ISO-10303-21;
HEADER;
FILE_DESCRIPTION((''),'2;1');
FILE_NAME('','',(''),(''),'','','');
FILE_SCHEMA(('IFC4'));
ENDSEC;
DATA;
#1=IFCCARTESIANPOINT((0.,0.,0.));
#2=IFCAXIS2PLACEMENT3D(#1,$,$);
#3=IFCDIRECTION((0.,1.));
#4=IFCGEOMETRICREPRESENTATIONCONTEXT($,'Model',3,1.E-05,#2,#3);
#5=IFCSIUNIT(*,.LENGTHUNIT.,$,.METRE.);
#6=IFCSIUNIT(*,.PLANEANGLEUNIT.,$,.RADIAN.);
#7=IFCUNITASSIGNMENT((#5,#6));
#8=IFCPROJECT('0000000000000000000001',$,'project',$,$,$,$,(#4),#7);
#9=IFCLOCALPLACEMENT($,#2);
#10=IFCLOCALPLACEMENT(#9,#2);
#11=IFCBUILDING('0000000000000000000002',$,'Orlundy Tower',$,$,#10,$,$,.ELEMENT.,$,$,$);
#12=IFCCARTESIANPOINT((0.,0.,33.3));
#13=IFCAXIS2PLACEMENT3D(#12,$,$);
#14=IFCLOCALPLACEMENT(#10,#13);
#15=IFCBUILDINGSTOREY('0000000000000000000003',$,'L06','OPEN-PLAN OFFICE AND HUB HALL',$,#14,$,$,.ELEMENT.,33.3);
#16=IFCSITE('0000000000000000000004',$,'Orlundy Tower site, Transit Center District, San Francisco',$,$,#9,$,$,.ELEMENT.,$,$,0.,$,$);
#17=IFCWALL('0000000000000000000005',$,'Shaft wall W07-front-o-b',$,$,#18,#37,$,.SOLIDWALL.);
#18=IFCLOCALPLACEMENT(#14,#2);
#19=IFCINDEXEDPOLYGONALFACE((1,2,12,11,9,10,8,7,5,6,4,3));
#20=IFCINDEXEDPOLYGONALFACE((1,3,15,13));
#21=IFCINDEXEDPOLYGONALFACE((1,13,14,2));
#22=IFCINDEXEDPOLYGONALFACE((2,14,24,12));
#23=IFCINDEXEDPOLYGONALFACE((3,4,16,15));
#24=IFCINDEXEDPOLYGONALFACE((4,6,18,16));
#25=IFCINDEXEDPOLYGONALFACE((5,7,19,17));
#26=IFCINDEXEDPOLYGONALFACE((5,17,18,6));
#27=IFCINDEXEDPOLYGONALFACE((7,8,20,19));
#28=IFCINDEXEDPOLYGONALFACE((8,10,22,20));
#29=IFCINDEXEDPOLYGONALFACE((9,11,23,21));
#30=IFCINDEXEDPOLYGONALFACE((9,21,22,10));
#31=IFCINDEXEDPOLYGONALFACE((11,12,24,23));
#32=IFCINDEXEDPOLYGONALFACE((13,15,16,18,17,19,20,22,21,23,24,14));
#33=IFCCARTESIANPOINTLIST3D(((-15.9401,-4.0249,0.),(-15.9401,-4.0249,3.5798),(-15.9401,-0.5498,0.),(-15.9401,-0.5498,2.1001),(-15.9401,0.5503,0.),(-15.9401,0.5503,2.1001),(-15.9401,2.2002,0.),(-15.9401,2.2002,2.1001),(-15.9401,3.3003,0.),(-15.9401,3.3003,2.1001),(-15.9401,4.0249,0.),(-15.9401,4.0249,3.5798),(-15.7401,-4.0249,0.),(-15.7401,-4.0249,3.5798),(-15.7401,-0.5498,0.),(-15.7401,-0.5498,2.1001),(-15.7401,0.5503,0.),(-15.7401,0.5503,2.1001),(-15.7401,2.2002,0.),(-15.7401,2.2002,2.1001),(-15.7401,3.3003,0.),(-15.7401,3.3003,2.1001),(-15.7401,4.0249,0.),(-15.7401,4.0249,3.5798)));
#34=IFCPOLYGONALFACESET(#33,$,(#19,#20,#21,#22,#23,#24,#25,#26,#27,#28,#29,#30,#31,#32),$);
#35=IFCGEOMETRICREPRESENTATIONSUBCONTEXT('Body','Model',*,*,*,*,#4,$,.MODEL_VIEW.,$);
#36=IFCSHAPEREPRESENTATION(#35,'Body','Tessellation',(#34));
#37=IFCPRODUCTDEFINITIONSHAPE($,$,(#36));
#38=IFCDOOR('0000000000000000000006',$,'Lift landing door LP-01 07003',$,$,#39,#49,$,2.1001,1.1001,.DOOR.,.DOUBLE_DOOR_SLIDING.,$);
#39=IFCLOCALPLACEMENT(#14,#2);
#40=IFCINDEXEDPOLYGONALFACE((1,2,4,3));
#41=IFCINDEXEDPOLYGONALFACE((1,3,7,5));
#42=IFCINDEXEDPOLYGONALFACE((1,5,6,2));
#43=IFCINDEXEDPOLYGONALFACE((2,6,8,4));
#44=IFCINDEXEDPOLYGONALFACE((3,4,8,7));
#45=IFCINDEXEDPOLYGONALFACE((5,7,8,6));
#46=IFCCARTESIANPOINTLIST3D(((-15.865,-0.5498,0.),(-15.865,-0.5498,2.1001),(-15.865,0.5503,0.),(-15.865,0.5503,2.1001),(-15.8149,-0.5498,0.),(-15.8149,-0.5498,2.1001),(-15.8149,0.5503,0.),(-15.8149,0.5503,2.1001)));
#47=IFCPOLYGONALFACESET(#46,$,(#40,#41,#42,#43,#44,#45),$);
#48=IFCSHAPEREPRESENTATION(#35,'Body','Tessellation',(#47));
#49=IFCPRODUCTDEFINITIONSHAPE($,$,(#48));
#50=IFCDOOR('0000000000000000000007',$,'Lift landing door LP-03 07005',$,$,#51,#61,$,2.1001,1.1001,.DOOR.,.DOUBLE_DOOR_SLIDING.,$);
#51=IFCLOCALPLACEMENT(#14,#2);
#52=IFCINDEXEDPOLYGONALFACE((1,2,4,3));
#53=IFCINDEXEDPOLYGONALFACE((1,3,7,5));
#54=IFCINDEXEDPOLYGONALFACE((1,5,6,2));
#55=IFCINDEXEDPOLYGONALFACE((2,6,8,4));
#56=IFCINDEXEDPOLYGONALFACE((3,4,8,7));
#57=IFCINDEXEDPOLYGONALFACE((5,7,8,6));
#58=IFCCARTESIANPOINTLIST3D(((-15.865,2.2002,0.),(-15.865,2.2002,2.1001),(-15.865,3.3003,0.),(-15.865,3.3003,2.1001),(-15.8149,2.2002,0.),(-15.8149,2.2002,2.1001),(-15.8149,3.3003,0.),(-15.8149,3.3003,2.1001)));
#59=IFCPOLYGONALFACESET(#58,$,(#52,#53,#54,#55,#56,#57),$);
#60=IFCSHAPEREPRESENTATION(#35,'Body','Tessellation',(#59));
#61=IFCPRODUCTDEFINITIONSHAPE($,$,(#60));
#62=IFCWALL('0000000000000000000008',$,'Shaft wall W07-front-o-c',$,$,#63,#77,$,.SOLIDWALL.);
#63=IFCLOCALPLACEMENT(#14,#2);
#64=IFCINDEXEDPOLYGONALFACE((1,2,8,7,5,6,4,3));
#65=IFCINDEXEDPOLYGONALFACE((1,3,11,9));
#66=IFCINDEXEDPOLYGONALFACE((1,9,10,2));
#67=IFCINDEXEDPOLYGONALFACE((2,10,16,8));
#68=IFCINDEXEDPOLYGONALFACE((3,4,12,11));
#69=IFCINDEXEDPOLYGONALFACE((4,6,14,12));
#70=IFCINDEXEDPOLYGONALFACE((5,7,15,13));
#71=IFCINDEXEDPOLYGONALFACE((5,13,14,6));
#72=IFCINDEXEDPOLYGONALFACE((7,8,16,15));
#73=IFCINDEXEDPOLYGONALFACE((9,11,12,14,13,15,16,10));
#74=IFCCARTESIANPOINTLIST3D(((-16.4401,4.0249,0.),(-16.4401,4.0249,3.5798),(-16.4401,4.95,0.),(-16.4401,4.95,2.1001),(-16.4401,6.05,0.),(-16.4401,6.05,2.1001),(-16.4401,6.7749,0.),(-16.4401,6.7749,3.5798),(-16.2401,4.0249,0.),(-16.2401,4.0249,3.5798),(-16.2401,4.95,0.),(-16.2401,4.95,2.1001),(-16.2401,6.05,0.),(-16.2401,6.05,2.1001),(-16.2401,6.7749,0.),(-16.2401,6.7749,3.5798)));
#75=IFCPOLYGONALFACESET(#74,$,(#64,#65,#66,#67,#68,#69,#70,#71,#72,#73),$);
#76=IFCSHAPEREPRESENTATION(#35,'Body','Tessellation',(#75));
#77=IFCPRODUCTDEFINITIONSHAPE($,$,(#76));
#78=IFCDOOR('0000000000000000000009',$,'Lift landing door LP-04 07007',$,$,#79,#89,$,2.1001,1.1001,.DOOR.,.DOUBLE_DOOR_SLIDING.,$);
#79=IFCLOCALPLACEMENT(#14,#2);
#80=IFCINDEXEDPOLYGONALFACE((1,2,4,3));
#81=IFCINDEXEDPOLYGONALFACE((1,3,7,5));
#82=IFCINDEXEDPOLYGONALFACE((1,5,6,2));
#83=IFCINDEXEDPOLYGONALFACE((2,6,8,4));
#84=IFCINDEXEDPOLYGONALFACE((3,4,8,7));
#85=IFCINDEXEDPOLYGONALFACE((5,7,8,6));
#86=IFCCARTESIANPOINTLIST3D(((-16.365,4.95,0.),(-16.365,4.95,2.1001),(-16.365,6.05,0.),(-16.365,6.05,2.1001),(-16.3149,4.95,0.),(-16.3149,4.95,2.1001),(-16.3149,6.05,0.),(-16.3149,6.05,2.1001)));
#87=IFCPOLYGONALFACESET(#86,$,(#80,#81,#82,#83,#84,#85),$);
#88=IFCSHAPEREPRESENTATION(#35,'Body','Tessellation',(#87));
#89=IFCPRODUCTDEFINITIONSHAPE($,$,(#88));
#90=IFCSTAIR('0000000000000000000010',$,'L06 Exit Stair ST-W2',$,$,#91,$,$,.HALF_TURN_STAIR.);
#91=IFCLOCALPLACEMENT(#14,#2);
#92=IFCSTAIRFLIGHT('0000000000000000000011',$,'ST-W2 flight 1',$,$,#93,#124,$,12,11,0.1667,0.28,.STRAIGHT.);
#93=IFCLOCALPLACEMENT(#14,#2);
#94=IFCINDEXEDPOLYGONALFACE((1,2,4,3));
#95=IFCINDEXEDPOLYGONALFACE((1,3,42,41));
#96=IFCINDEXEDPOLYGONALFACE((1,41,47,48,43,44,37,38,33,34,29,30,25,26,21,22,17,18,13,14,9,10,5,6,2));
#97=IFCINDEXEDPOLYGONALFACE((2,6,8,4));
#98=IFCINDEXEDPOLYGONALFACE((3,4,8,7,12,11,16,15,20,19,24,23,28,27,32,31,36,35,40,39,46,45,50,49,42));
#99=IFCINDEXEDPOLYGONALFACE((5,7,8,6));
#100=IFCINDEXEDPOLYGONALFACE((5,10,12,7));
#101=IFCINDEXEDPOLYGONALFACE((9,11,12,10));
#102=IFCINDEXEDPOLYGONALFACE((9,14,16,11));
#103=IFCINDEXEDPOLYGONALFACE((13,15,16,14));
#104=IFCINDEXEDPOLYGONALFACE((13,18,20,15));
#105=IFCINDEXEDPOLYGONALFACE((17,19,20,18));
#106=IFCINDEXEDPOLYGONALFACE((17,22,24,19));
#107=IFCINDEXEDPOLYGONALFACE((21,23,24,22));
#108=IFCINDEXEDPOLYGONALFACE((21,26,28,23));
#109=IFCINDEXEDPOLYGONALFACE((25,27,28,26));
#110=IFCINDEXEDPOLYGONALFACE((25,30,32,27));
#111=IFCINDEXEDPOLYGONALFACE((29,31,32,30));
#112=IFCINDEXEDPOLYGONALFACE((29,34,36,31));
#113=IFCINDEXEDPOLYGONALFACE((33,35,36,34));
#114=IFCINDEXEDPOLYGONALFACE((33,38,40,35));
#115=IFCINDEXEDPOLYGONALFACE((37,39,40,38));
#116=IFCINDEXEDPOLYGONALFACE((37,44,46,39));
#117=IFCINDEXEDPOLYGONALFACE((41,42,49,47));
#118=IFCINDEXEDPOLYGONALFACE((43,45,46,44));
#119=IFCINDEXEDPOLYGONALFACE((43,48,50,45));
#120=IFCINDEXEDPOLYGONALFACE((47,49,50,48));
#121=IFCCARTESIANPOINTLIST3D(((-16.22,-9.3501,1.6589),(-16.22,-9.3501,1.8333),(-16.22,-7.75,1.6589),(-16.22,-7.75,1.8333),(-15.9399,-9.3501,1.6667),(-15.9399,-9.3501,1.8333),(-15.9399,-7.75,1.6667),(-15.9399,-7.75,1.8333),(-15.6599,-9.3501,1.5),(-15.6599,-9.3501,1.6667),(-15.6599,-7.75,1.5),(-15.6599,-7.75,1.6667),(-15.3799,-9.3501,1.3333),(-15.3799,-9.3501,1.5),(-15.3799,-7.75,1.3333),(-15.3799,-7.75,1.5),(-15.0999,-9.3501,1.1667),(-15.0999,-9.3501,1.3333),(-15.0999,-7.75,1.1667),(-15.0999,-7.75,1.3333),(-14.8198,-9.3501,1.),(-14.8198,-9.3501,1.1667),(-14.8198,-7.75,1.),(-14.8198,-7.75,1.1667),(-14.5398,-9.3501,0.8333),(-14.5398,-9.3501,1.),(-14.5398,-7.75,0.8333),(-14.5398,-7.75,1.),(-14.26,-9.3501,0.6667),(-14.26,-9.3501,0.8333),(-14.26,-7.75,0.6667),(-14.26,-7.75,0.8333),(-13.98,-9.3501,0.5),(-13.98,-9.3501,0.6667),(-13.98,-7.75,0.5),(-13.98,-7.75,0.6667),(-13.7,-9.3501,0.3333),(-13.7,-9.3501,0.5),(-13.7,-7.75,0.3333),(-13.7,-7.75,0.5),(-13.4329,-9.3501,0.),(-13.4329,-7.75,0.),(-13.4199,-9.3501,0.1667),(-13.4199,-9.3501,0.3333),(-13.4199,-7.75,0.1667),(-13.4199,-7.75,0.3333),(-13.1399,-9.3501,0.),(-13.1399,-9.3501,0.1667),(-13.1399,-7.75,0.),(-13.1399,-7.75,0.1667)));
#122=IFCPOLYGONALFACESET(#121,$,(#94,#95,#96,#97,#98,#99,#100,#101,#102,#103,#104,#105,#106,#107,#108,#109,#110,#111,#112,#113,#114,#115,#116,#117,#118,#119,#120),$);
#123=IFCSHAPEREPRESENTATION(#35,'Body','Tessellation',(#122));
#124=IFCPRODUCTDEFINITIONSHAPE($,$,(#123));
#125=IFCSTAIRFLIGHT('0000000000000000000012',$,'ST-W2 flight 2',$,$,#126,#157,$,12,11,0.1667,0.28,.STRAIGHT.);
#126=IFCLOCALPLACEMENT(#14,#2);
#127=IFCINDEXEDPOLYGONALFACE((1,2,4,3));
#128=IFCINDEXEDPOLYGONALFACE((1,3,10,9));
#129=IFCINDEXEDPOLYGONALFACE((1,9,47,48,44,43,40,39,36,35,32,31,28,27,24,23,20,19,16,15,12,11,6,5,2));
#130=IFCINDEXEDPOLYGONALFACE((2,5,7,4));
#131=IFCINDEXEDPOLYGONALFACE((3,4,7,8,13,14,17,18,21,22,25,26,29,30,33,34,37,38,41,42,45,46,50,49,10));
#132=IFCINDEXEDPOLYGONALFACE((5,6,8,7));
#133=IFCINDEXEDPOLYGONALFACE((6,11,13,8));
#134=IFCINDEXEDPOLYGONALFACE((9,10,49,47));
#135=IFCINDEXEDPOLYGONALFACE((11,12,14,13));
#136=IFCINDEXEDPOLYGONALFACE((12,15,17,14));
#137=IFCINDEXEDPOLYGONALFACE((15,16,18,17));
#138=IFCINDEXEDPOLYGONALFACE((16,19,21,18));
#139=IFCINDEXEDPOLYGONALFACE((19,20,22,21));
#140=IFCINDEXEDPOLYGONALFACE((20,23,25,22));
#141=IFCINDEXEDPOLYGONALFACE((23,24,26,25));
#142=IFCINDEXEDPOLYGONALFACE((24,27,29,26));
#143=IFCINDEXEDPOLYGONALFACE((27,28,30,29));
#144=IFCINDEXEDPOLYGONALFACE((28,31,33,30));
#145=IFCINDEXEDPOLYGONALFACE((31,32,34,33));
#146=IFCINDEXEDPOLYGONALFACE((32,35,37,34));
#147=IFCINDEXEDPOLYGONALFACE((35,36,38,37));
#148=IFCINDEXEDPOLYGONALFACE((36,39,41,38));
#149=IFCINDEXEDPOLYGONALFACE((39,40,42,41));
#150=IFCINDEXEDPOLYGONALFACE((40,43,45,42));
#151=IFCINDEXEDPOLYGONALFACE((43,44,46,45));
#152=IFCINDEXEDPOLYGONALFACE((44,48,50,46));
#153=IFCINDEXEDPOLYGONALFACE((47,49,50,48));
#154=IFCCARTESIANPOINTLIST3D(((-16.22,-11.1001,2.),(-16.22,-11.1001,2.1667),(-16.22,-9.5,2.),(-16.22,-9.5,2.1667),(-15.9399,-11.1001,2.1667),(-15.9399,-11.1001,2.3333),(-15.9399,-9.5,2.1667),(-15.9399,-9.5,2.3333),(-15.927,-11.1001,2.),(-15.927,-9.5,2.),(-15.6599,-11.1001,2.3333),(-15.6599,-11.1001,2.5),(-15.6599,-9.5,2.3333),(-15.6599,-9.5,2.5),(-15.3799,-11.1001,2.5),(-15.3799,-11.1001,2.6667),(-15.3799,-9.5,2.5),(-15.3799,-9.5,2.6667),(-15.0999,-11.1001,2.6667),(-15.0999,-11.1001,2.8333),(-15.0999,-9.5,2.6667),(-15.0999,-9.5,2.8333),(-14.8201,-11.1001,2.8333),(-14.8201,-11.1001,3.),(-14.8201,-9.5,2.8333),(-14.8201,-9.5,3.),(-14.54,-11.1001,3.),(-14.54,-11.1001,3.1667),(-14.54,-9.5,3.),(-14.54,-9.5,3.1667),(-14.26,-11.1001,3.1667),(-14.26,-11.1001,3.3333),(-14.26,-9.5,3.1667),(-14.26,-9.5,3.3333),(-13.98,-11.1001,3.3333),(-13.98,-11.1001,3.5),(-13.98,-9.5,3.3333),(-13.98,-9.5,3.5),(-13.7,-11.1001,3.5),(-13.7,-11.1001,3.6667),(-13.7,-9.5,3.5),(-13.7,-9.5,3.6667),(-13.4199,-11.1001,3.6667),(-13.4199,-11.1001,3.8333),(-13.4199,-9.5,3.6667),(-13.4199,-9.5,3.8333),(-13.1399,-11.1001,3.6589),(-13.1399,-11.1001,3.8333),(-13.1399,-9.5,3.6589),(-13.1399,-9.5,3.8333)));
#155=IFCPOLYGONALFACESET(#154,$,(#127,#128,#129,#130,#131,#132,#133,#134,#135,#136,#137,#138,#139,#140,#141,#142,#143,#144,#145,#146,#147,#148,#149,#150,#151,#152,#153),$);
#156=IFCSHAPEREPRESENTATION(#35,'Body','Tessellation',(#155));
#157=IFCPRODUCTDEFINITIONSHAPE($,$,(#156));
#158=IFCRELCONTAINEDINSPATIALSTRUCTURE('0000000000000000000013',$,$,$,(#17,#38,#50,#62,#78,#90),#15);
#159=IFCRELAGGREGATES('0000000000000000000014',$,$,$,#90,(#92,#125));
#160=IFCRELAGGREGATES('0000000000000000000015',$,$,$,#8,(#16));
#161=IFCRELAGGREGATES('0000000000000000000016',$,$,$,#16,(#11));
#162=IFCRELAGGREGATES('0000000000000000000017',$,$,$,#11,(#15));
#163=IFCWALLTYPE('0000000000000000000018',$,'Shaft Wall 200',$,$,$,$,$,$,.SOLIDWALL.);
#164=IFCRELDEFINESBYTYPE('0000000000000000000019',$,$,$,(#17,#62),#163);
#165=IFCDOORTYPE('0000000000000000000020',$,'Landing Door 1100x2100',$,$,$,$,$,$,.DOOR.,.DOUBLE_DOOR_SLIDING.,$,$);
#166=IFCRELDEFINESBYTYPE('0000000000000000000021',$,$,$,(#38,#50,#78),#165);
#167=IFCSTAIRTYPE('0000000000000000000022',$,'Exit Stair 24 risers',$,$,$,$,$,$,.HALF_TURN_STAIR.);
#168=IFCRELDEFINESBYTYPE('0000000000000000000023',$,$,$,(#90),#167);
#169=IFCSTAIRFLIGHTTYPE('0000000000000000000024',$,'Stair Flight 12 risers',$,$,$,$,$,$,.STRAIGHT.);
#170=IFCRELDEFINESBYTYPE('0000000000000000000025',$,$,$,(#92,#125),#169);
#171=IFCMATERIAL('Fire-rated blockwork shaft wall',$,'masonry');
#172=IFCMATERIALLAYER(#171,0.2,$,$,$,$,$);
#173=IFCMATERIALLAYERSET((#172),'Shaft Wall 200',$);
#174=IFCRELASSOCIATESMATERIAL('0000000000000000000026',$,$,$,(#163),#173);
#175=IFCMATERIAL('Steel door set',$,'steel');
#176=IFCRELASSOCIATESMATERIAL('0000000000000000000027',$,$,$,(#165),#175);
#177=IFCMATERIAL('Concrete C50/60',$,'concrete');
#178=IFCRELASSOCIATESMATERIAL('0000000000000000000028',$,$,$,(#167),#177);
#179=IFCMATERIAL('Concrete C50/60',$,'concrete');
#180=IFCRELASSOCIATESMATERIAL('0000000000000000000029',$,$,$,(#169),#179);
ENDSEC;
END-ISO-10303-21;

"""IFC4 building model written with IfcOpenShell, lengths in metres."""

from ifc_helpers import new_model, si_unit, direction, frame, frame_2d, origin, place, context, subcontext, project, spatial, polyline, rectangle, outline, extrude, material, layer, layer_set, type_object, element, fill, aggregate, save


model = new_model("IFC4")

# Units and contexts
model_context = context("Model", 3, precision=1e-05, world=origin(), true_north=direction((0.0, 1.0)))
body_context = subcontext(model_context, "Body", "Model", "MODEL_VIEW")
ifc_project = project(units=[si_unit("LENGTHUNIT", "METRE"), si_unit("PLANEANGLEUNIT", "RADIAN")], contexts=[model_context])

# Site, building, storey
site_placement = place(None, origin())
site = spatial("IfcSite", under=ifc_project, at=site_placement, Name="Orlundy Tower site, Transit Center District, San Francisco", CompositionType="ELEMENT", RefElevation=0.0)
building_placement = place(site_placement, origin())
building = spatial("IfcBuilding", under=site, at=building_placement, Name="Orlundy Tower", CompositionType="ELEMENT")
storey_placement = place(building_placement, frame((0.0, 0.0, 33.3)))
storey = spatial("IfcBuildingStorey", under=building, at=storey_placement, Name="L06", Description="OPEN-PLAN OFFICE AND HUB HALL", CompositionType="ELEMENT", Elevation=33.3)

# Shared definitions
ifc_material_1 = material(Name="Fire-rated blockwork shaft wall", Category="masonry")
ifc_layer_1 = layer(ifc_material_1, 0.2)
ifc_layer_set_1 = layer_set([ifc_layer_1], Name="Shaft Wall 200")
wall_type_1 = type_object("IfcWallType", Name="Shaft Wall 200", PredefinedType="SOLIDWALL", material=ifc_layer_set_1)

# Shared definitions
ifc_material_2 = material(Name="Steel door set", Category="steel")
door_type_1 = type_object("IfcDoorType", Name="Landing Door 1100x2100", OperationType="DOUBLE_DOOR_SLIDING", PredefinedType="DOOR", material=ifc_material_2)

# Wall, openings, doors
wall_1_placement = place(storey_placement, frame((-15.8401, -4.0249, 0.0), z_axis=(0.0, 0.0, 1.0), x_axis=(0.0, 1.0, 0.0)))
wall_1 = element("IfcWall", 1, at=wall_1_placement, inside=storey, type_object=wall_type_1, Name="Shaft wall W07-front-o-b", PredefinedType="SOLIDWALL", context=body_context, shape_type="SweptSolid", body=[
    extrude(rectangle(XDim=8.0498, YDim=0.2, at=frame_2d((4.0249, 0.0))), origin(), (0.0, 0.0, 1.0), 3.5798),
])
opening_1_placement = place(wall_1_placement, frame((3.4751, 0.0, 0.0)))
opening_1 = element("IfcOpeningElement", 2, at=opening_1_placement, cuts=wall_1, PredefinedType="OPENING", context=body_context, shape_type="SweptSolid", body=[
    extrude(rectangle(XDim=1.1001, YDim=2.1001, at=frame_2d((0.55, 1.05))), frame((0.0, 0.1101, 0.0), z_axis=(0.0, -1.0, 0.0), x_axis=(1.0, 0.0, 0.0)), (0.0, 0.0, 1.0), 0.2202),
])
opening_2_placement = place(wall_1_placement, frame((6.2251, 0.0, 0.0)))
opening_2 = element("IfcOpeningElement", 3, at=opening_2_placement, cuts=wall_1, PredefinedType="OPENING", context=body_context, shape_type="SweptSolid", body=[
    extrude(rectangle(XDim=1.1001, YDim=2.1001, at=frame_2d((0.55, 1.05))), frame((0.0, 0.1101, 0.0), z_axis=(0.0, -1.0, 0.0), x_axis=(1.0, 0.0, 0.0)), (0.0, 0.0, 1.0), 0.2202),
])
door_1_placement = place(opening_1_placement, origin())
door_1 = element("IfcDoor", 4, at=door_1_placement, inside=storey, type_object=door_type_1, Name="Lift landing door LP-01 07003", OperationType="DOUBLE_DOOR_SLIDING", OverallHeight=2.1001, OverallWidth=1.1001, PredefinedType="DOOR", context=body_context, shape_type="SweptSolid", body=[
    extrude(rectangle(XDim=1.1001, YDim=2.1001, at=frame_2d((0.55, 1.05))), frame((0.0, 0.0249, 0.0), z_axis=(0.0, -1.0, 0.0), x_axis=(1.0, 0.0, 0.0)), (0.0, 0.0, 1.0), 0.05),
])
fill(opening_1, door_1)
door_2_placement = place(opening_2_placement, origin())
door_2 = element("IfcDoor", 5, at=door_2_placement, inside=storey, type_object=door_type_1, Name="Lift landing door LP-03 07005", OperationType="DOUBLE_DOOR_SLIDING", OverallHeight=2.1001, OverallWidth=1.1001, PredefinedType="DOOR", context=body_context, shape_type="SweptSolid", body=[
    extrude(rectangle(XDim=1.1001, YDim=2.1001, at=frame_2d((0.55, 1.05))), frame((0.0, 0.0249, 0.0), z_axis=(0.0, -1.0, 0.0), x_axis=(1.0, 0.0, 0.0)), (0.0, 0.0, 1.0), 0.05),
])
fill(opening_2, door_2)

# Wall, opening, door
wall_2_placement = place(storey_placement, frame((-16.3401, 4.0249, 0.0), z_axis=(0.0, 0.0, 1.0), x_axis=(0.0, 1.0, 0.0)))
wall_2 = element("IfcWall", 6, at=wall_2_placement, inside=storey, type_object=wall_type_1, Name="Shaft wall W07-front-o-c", PredefinedType="SOLIDWALL", context=body_context, shape_type="SweptSolid", body=[
    extrude(rectangle(XDim=2.75, YDim=0.2, at=frame_2d((1.375, 0.0))), origin(), (0.0, 0.0, 1.0), 3.5798),
])
opening_3_placement = place(wall_2_placement, frame((0.925, 0.0, 0.0)))
opening_3 = element("IfcOpeningElement", 7, at=opening_3_placement, cuts=wall_2, PredefinedType="OPENING", context=body_context, shape_type="SweptSolid", body=[
    extrude(rectangle(XDim=1.1001, YDim=2.1001, at=frame_2d((0.55, 1.05))), frame((0.0, 0.1101, 0.0), z_axis=(0.0, -1.0, 0.0), x_axis=(1.0, 0.0, 0.0)), (0.0, 0.0, 1.0), 0.2202),
])
door_3_placement = place(opening_3_placement, origin())
door_3 = element("IfcDoor", 8, at=door_3_placement, inside=storey, type_object=door_type_1, Name="Lift landing door LP-04 07007", OperationType="DOUBLE_DOOR_SLIDING", OverallHeight=2.1001, OverallWidth=1.1001, PredefinedType="DOOR", context=body_context, shape_type="SweptSolid", body=[
    extrude(rectangle(XDim=1.1001, YDim=2.1001, at=frame_2d((0.55, 1.05))), frame((0.0, 0.0249, 0.0), z_axis=(0.0, -1.0, 0.0), x_axis=(1.0, 0.0, 0.0)), (0.0, 0.0, 1.0), 0.05),
])
fill(opening_3, door_3)

# Stair, stair flights
ifc_material_3 = material(Name="Concrete C50/60", Category="concrete")
stair_type = type_object("IfcStairType", Name="Exit Stair 24 risers", PredefinedType="HALF_TURN_STAIR", material=ifc_material_3)
stair_placement = place(storey_placement, origin())
stair = element("IfcStair", 9, at=stair_placement, inside=storey, type_object=stair_type, Name="L06 Exit Stair ST-W2", PredefinedType="HALF_TURN_STAIR")
ifc_material_4 = material(Name="Concrete C50/60", Category="concrete")
stair_flight_type = type_object("IfcStairFlightType", Name="Stair Flight 12 risers", PredefinedType="STRAIGHT", material=ifc_material_4)
stair_flight_1_placement = place(storey_placement, frame((-13.1399, -8.55, 0.0), z_axis=(0.0, 0.0, 1.0), x_axis=(-1.0, 0.0, 0.0)))
stair_flight_1 = element("IfcStairFlight", 10, at=stair_flight_1_placement, type_object=stair_flight_type, Name="ST-W2 flight 1", NumberOfRisers=12, NumberOfTreads=11, PredefinedType="STRAIGHT", RiserHeight=0.1667, TreadLength=0.28, context=body_context, shape_type="SweptSolid", body=[
    extrude(outline(polyline([(0.0, 0.0), (0.0, 0.1667), (0.28, 0.1667), (0.28, 0.3333), (0.5601, 0.3333), (0.5601, 0.5), (0.8401, 0.5), (0.8401, 0.6667), (1.1201, 0.6667), (1.1201, 0.8333), (1.3999, 0.8333), (1.3999, 1.0), (1.6799, 1.0), (1.6799, 1.1667), (1.96, 1.1667), (1.96, 1.3333), (2.24, 1.3333), (2.24, 1.5), (2.52, 1.5), (2.52, 1.6667), (2.8, 1.6667), (2.8, 1.8333), (3.0801, 1.8333), (3.0801, 2.0), (3.0801, 1.6589), (0.293, 0.0), (0.0, 0.0)])), frame((0.0, 0.8, 0.0), z_axis=(0.0, -1.0, 0.0), x_axis=(1.0, 0.0, 0.0)), (0.0, 0.0, 1.0), 1.6001),
])
stair_flight_2_placement = place(storey_placement, frame((-16.22, -10.3, 2.0), z_axis=(0.0, 0.0, 1.0), x_axis=(1.0, 0.0, 0.0)))
stair_flight_2 = element("IfcStairFlight", 11, at=stair_flight_2_placement, type_object=stair_flight_type, Name="ST-W2 flight 2", NumberOfRisers=12, NumberOfTreads=11, PredefinedType="STRAIGHT", RiserHeight=0.1667, TreadLength=0.28, context=body_context, shape_type="SweptSolid", body=[
    extrude(outline(polyline([(0.0, 0.0), (0.0, 0.1667), (0.28, 0.1667), (0.28, 0.3333), (0.5601, 0.3333), (0.5601, 0.5), (0.8401, 0.5), (0.8401, 0.6667), (1.1201, 0.6667), (1.1201, 0.8333), (1.3999, 0.8333), (1.3999, 1.0), (1.6799, 1.0), (1.6799, 1.1667), (1.96, 1.1667), (1.96, 1.3333), (2.24, 1.3333), (2.24, 1.5), (2.52, 1.5), (2.52, 1.6667), (2.8, 1.6667), (2.8, 1.8333), (3.0801, 1.8333), (3.0801, 2.0), (3.0801, 1.6589), (0.293, 0.0), (0.0, 0.0)])), frame((0.0, 0.8, 0.0), z_axis=(0.0, -1.0, 0.0), x_axis=(1.0, 0.0, 0.0)), (0.0, 0.0, 1.0), 1.6001),
])
aggregate(stair, [stair_flight_1, stair_flight_2])

save(model, "model.ifc")
